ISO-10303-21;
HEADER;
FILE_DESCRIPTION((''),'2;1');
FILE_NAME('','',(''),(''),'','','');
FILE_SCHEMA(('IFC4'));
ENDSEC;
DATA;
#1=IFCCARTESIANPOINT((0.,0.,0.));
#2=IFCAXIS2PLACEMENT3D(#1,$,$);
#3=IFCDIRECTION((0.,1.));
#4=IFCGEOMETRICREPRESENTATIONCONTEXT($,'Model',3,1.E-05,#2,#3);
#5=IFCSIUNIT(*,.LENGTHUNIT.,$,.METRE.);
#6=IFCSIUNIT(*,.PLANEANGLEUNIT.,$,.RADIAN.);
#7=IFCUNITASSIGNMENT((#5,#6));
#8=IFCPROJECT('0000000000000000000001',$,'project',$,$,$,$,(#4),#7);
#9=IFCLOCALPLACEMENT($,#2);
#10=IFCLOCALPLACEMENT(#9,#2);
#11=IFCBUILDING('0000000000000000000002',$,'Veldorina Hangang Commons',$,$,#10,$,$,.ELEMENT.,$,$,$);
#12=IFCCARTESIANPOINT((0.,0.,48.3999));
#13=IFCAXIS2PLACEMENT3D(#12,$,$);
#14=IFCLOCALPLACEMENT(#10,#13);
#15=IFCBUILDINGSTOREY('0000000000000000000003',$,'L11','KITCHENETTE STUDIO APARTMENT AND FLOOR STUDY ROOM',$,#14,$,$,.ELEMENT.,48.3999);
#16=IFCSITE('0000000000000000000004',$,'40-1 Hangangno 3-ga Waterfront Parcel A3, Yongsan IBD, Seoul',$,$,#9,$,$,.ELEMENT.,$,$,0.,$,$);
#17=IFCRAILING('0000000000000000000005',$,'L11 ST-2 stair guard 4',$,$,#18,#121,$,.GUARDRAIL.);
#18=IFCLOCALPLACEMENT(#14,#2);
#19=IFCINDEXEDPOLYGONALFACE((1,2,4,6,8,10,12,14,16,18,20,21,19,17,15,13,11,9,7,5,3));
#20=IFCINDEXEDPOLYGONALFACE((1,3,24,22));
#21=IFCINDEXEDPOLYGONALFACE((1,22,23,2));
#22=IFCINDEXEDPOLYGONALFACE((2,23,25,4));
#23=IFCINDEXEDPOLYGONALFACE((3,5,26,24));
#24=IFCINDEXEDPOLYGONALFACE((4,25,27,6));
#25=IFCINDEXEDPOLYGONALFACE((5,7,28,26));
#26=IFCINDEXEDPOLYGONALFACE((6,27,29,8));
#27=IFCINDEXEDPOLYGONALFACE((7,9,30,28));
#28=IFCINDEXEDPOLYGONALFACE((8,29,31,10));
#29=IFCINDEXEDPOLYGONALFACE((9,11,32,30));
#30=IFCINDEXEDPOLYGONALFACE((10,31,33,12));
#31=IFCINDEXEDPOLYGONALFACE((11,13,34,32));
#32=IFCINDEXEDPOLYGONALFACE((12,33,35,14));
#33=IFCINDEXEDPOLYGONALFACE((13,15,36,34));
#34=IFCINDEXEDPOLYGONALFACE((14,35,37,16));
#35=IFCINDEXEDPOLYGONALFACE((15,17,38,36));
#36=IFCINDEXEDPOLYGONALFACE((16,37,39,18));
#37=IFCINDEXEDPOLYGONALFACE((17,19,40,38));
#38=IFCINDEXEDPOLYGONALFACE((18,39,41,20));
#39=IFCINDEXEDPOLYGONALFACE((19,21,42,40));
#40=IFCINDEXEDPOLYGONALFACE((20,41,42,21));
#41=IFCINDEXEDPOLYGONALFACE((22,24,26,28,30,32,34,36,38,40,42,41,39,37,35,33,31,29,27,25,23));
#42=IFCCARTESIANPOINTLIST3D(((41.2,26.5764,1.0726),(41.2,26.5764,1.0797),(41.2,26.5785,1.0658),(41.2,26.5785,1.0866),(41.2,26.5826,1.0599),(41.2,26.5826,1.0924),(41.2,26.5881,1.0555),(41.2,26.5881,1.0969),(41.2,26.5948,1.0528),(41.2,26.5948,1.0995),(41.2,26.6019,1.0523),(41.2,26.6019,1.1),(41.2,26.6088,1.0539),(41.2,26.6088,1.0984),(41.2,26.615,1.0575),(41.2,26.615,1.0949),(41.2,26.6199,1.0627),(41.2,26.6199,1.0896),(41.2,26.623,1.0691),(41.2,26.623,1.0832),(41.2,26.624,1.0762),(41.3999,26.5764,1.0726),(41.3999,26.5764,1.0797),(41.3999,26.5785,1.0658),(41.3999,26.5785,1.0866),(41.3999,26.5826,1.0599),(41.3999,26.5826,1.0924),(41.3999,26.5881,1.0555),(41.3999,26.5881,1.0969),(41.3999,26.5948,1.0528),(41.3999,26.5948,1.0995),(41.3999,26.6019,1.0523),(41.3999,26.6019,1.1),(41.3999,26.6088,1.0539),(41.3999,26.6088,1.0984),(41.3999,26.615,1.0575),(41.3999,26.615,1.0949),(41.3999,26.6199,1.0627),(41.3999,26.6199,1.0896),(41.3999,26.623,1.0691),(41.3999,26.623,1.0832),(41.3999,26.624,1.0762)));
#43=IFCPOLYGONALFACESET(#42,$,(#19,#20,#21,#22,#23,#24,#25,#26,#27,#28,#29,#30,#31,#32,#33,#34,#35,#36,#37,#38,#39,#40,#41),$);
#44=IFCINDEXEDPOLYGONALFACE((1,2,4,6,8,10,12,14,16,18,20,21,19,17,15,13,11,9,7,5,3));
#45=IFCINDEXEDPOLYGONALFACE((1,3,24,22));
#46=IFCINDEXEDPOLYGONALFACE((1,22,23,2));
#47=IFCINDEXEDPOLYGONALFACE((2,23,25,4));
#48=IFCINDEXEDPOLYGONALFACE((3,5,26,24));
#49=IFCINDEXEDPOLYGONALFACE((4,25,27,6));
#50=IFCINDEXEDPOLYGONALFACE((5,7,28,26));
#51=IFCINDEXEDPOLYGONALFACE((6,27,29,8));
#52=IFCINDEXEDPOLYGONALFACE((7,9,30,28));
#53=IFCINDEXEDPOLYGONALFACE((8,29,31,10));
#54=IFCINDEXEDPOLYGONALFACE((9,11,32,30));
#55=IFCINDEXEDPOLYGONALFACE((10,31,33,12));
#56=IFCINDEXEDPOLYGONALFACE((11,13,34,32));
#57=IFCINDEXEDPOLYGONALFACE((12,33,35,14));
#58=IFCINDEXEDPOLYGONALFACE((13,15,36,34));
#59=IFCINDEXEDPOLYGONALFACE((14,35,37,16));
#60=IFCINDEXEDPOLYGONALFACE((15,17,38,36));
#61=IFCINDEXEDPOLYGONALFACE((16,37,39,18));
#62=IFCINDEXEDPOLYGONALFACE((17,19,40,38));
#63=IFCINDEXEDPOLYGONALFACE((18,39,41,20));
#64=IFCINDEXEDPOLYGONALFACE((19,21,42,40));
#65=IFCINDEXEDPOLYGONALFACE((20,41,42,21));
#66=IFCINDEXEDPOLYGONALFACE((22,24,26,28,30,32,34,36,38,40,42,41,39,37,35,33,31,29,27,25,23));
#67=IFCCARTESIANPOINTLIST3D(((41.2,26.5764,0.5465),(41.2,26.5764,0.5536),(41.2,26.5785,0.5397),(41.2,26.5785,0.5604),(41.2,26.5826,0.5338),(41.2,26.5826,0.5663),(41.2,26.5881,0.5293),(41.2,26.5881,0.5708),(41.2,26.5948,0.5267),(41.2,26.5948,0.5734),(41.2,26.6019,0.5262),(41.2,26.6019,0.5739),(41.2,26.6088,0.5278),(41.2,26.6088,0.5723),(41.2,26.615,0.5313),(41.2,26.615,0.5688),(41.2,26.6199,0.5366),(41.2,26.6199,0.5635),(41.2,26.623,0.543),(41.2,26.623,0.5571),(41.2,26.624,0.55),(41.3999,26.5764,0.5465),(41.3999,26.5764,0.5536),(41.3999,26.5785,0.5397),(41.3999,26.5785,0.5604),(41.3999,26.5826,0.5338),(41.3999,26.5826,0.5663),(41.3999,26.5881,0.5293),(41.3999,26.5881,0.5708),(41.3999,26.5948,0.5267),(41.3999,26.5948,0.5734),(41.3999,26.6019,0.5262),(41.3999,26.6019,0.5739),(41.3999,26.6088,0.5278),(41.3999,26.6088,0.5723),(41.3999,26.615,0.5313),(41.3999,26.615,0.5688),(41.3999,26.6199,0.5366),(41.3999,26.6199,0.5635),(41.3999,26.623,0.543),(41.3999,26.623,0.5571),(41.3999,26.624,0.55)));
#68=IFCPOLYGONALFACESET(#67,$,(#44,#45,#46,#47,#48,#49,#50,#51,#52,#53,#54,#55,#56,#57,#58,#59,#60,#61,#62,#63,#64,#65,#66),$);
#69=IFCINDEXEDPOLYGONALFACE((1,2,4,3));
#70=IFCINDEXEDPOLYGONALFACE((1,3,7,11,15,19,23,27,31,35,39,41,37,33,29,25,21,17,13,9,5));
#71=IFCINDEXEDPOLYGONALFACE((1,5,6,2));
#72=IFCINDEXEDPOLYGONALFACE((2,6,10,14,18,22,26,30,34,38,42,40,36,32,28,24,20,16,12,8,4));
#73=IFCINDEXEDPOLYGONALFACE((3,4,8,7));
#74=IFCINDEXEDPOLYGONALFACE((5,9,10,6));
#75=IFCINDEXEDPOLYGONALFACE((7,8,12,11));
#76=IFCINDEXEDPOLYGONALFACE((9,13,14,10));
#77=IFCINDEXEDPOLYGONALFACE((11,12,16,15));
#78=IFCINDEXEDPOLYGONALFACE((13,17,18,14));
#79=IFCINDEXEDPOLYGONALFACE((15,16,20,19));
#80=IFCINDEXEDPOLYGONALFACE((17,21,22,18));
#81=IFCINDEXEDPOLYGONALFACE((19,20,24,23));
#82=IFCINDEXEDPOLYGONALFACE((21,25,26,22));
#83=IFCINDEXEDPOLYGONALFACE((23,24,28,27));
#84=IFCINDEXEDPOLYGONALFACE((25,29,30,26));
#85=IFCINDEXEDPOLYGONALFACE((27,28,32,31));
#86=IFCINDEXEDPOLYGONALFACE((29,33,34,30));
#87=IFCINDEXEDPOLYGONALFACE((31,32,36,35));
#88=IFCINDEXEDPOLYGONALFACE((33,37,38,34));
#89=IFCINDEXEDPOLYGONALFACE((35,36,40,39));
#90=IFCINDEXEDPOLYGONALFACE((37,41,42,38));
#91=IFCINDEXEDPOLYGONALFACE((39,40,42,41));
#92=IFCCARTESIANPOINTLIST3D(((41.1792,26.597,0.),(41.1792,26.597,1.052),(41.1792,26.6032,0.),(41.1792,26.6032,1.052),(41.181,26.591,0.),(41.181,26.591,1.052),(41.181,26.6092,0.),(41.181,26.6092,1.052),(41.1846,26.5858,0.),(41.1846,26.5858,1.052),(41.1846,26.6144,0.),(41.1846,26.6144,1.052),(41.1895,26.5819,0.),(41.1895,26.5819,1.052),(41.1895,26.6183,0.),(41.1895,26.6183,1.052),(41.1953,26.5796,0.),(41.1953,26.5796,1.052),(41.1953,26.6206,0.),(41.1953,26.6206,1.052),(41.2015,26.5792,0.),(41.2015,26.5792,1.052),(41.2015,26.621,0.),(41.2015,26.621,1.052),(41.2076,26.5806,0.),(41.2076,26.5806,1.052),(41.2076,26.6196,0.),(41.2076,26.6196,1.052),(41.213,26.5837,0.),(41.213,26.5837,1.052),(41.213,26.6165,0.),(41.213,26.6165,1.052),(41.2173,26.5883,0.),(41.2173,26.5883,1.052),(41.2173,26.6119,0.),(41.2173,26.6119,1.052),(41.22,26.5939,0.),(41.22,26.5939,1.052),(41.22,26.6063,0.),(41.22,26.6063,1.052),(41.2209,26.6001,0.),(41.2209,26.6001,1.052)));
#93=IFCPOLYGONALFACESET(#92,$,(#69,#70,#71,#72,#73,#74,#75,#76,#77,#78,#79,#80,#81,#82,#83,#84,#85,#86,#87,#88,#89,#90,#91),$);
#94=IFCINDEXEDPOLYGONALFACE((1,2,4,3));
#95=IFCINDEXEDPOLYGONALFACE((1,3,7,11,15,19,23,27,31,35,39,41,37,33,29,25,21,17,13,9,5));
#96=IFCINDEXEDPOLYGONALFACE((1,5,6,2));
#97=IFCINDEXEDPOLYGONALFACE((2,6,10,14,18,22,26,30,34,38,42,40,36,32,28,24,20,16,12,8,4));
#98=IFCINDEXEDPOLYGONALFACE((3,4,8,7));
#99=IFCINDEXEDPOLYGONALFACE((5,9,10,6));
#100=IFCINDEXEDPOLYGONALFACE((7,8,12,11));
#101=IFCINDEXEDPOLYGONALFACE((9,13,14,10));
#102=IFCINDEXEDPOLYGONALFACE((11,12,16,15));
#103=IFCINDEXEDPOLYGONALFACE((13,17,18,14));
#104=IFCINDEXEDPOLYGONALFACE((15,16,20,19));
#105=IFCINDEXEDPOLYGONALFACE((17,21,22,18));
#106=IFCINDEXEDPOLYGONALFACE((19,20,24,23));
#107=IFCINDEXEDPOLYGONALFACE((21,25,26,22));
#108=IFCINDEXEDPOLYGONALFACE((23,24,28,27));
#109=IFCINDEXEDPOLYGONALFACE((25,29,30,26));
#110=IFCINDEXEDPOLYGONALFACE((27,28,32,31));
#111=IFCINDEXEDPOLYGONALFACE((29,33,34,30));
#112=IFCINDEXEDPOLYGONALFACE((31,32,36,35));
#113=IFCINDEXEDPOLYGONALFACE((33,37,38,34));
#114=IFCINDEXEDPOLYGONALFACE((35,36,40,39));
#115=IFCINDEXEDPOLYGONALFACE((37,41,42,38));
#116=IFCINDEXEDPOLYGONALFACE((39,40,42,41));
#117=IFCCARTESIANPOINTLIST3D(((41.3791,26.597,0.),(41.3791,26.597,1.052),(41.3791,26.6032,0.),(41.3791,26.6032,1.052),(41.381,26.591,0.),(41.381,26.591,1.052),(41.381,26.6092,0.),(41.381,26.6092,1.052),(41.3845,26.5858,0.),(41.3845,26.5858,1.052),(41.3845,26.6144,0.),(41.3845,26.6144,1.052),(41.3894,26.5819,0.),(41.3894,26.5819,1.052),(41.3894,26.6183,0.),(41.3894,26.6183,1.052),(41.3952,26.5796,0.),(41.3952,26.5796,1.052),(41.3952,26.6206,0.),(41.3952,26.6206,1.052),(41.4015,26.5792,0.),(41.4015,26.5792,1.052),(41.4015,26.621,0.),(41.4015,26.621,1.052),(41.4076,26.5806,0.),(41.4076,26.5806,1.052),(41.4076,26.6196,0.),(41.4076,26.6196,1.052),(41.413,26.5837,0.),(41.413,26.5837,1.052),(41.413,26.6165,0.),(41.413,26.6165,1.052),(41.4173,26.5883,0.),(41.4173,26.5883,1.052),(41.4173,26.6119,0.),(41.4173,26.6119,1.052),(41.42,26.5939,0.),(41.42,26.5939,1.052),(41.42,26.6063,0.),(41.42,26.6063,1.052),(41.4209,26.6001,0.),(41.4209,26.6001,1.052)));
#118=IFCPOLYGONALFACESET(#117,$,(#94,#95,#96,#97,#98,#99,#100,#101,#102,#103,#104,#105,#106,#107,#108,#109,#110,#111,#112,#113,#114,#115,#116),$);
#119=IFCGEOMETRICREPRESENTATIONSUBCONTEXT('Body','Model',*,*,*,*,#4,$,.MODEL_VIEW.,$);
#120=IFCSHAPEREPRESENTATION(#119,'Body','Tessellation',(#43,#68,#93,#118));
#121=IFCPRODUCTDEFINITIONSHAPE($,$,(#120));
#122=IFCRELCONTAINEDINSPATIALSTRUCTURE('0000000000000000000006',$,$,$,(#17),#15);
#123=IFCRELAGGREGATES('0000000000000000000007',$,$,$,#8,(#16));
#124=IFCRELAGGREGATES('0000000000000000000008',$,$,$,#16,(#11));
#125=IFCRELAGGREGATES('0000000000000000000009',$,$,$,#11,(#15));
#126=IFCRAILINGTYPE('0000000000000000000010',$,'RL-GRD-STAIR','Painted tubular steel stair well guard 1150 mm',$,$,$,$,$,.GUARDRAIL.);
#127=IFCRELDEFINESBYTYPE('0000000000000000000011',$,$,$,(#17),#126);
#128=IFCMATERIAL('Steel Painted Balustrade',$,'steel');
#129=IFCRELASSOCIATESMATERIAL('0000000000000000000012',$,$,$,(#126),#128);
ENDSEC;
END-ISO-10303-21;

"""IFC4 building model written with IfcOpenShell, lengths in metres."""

from ifc_helpers import new_model, si_unit, direction, frame, origin, origin_2d, place, context, subcontext, project, spatial, circle, extrude, material, type_object, element, save


model = new_model("IFC4")

# Units and contexts
model_context = context("Model", 3, precision=1e-05, world=origin(), true_north=direction((0.0, 1.0)))
body_context = subcontext(model_context, "Body", "Model", "MODEL_VIEW")
ifc_project = project(units=[si_unit("LENGTHUNIT", "METRE"), si_unit("PLANEANGLEUNIT", "RADIAN")], contexts=[model_context])

# Site, building, storey
site_placement = place(None, origin())
site = spatial("IfcSite", under=ifc_project, at=site_placement, Name="40-1 Hangangno 3-ga Waterfront Parcel A3, Yongsan IBD, Seoul", CompositionType="ELEMENT", RefElevation=0.0)
building_placement = place(site_placement, origin())
building = spatial("IfcBuilding", under=site, at=building_placement, Name="Veldorina Hangang Commons", CompositionType="ELEMENT")
storey_placement = place(building_placement, frame((0.0, 0.0, 48.3999)))
storey = spatial("IfcBuildingStorey", under=building, at=storey_placement, Name="L11", Description="KITCHENETTE STUDIO APARTMENT AND FLOOR STUDY ROOM", CompositionType="ELEMENT", Elevation=48.3999)

# Railing
ifc_material_1 = material(Name="Steel Painted Balustrade", Category="steel")
railing_type_1 = type_object("IfcRailingType", Name="RL-GRD-STAIR", Description="Painted tubular steel stair well guard 1150 mm", PredefinedType="GUARDRAIL", material=ifc_material_1)
railing_1_placement = place(storey_placement, frame((41.2, 26.6001, 0.0)))
element("IfcRailing", 1, at=railing_1_placement, inside=storey, type_object=railing_type_1, Name="L11 ST-2 stair guard 4", PredefinedType="GUARDRAIL", context=body_context, shape_type="SweptSolid", body=[
    extrude(circle(Radius=0.0239, at=origin_2d()), frame((0.0, 0.0, 1.0762), z_axis=(1.0, 0.0, 0.0), x_axis=(0.0, 1.0, 0.0)), (0.0, 0.0, 1.0), 0.2),
    extrude(circle(Radius=0.0239, at=origin_2d()), frame((0.0, 0.0, 0.55), z_axis=(1.0, 0.0, 0.0), x_axis=(0.0, 1.0, 0.0)), (0.0, 0.0, 1.0), 0.2),
    extrude(circle(Radius=0.021, at=origin_2d()), origin(), (0.0, 0.0, 1.0), 1.052),
    extrude(circle(Radius=0.021, at=origin_2d()), frame((0.2, 0.0, 0.0)), (0.0, 0.0, 1.0), 1.052),
])

save(model, "model.ifc")
